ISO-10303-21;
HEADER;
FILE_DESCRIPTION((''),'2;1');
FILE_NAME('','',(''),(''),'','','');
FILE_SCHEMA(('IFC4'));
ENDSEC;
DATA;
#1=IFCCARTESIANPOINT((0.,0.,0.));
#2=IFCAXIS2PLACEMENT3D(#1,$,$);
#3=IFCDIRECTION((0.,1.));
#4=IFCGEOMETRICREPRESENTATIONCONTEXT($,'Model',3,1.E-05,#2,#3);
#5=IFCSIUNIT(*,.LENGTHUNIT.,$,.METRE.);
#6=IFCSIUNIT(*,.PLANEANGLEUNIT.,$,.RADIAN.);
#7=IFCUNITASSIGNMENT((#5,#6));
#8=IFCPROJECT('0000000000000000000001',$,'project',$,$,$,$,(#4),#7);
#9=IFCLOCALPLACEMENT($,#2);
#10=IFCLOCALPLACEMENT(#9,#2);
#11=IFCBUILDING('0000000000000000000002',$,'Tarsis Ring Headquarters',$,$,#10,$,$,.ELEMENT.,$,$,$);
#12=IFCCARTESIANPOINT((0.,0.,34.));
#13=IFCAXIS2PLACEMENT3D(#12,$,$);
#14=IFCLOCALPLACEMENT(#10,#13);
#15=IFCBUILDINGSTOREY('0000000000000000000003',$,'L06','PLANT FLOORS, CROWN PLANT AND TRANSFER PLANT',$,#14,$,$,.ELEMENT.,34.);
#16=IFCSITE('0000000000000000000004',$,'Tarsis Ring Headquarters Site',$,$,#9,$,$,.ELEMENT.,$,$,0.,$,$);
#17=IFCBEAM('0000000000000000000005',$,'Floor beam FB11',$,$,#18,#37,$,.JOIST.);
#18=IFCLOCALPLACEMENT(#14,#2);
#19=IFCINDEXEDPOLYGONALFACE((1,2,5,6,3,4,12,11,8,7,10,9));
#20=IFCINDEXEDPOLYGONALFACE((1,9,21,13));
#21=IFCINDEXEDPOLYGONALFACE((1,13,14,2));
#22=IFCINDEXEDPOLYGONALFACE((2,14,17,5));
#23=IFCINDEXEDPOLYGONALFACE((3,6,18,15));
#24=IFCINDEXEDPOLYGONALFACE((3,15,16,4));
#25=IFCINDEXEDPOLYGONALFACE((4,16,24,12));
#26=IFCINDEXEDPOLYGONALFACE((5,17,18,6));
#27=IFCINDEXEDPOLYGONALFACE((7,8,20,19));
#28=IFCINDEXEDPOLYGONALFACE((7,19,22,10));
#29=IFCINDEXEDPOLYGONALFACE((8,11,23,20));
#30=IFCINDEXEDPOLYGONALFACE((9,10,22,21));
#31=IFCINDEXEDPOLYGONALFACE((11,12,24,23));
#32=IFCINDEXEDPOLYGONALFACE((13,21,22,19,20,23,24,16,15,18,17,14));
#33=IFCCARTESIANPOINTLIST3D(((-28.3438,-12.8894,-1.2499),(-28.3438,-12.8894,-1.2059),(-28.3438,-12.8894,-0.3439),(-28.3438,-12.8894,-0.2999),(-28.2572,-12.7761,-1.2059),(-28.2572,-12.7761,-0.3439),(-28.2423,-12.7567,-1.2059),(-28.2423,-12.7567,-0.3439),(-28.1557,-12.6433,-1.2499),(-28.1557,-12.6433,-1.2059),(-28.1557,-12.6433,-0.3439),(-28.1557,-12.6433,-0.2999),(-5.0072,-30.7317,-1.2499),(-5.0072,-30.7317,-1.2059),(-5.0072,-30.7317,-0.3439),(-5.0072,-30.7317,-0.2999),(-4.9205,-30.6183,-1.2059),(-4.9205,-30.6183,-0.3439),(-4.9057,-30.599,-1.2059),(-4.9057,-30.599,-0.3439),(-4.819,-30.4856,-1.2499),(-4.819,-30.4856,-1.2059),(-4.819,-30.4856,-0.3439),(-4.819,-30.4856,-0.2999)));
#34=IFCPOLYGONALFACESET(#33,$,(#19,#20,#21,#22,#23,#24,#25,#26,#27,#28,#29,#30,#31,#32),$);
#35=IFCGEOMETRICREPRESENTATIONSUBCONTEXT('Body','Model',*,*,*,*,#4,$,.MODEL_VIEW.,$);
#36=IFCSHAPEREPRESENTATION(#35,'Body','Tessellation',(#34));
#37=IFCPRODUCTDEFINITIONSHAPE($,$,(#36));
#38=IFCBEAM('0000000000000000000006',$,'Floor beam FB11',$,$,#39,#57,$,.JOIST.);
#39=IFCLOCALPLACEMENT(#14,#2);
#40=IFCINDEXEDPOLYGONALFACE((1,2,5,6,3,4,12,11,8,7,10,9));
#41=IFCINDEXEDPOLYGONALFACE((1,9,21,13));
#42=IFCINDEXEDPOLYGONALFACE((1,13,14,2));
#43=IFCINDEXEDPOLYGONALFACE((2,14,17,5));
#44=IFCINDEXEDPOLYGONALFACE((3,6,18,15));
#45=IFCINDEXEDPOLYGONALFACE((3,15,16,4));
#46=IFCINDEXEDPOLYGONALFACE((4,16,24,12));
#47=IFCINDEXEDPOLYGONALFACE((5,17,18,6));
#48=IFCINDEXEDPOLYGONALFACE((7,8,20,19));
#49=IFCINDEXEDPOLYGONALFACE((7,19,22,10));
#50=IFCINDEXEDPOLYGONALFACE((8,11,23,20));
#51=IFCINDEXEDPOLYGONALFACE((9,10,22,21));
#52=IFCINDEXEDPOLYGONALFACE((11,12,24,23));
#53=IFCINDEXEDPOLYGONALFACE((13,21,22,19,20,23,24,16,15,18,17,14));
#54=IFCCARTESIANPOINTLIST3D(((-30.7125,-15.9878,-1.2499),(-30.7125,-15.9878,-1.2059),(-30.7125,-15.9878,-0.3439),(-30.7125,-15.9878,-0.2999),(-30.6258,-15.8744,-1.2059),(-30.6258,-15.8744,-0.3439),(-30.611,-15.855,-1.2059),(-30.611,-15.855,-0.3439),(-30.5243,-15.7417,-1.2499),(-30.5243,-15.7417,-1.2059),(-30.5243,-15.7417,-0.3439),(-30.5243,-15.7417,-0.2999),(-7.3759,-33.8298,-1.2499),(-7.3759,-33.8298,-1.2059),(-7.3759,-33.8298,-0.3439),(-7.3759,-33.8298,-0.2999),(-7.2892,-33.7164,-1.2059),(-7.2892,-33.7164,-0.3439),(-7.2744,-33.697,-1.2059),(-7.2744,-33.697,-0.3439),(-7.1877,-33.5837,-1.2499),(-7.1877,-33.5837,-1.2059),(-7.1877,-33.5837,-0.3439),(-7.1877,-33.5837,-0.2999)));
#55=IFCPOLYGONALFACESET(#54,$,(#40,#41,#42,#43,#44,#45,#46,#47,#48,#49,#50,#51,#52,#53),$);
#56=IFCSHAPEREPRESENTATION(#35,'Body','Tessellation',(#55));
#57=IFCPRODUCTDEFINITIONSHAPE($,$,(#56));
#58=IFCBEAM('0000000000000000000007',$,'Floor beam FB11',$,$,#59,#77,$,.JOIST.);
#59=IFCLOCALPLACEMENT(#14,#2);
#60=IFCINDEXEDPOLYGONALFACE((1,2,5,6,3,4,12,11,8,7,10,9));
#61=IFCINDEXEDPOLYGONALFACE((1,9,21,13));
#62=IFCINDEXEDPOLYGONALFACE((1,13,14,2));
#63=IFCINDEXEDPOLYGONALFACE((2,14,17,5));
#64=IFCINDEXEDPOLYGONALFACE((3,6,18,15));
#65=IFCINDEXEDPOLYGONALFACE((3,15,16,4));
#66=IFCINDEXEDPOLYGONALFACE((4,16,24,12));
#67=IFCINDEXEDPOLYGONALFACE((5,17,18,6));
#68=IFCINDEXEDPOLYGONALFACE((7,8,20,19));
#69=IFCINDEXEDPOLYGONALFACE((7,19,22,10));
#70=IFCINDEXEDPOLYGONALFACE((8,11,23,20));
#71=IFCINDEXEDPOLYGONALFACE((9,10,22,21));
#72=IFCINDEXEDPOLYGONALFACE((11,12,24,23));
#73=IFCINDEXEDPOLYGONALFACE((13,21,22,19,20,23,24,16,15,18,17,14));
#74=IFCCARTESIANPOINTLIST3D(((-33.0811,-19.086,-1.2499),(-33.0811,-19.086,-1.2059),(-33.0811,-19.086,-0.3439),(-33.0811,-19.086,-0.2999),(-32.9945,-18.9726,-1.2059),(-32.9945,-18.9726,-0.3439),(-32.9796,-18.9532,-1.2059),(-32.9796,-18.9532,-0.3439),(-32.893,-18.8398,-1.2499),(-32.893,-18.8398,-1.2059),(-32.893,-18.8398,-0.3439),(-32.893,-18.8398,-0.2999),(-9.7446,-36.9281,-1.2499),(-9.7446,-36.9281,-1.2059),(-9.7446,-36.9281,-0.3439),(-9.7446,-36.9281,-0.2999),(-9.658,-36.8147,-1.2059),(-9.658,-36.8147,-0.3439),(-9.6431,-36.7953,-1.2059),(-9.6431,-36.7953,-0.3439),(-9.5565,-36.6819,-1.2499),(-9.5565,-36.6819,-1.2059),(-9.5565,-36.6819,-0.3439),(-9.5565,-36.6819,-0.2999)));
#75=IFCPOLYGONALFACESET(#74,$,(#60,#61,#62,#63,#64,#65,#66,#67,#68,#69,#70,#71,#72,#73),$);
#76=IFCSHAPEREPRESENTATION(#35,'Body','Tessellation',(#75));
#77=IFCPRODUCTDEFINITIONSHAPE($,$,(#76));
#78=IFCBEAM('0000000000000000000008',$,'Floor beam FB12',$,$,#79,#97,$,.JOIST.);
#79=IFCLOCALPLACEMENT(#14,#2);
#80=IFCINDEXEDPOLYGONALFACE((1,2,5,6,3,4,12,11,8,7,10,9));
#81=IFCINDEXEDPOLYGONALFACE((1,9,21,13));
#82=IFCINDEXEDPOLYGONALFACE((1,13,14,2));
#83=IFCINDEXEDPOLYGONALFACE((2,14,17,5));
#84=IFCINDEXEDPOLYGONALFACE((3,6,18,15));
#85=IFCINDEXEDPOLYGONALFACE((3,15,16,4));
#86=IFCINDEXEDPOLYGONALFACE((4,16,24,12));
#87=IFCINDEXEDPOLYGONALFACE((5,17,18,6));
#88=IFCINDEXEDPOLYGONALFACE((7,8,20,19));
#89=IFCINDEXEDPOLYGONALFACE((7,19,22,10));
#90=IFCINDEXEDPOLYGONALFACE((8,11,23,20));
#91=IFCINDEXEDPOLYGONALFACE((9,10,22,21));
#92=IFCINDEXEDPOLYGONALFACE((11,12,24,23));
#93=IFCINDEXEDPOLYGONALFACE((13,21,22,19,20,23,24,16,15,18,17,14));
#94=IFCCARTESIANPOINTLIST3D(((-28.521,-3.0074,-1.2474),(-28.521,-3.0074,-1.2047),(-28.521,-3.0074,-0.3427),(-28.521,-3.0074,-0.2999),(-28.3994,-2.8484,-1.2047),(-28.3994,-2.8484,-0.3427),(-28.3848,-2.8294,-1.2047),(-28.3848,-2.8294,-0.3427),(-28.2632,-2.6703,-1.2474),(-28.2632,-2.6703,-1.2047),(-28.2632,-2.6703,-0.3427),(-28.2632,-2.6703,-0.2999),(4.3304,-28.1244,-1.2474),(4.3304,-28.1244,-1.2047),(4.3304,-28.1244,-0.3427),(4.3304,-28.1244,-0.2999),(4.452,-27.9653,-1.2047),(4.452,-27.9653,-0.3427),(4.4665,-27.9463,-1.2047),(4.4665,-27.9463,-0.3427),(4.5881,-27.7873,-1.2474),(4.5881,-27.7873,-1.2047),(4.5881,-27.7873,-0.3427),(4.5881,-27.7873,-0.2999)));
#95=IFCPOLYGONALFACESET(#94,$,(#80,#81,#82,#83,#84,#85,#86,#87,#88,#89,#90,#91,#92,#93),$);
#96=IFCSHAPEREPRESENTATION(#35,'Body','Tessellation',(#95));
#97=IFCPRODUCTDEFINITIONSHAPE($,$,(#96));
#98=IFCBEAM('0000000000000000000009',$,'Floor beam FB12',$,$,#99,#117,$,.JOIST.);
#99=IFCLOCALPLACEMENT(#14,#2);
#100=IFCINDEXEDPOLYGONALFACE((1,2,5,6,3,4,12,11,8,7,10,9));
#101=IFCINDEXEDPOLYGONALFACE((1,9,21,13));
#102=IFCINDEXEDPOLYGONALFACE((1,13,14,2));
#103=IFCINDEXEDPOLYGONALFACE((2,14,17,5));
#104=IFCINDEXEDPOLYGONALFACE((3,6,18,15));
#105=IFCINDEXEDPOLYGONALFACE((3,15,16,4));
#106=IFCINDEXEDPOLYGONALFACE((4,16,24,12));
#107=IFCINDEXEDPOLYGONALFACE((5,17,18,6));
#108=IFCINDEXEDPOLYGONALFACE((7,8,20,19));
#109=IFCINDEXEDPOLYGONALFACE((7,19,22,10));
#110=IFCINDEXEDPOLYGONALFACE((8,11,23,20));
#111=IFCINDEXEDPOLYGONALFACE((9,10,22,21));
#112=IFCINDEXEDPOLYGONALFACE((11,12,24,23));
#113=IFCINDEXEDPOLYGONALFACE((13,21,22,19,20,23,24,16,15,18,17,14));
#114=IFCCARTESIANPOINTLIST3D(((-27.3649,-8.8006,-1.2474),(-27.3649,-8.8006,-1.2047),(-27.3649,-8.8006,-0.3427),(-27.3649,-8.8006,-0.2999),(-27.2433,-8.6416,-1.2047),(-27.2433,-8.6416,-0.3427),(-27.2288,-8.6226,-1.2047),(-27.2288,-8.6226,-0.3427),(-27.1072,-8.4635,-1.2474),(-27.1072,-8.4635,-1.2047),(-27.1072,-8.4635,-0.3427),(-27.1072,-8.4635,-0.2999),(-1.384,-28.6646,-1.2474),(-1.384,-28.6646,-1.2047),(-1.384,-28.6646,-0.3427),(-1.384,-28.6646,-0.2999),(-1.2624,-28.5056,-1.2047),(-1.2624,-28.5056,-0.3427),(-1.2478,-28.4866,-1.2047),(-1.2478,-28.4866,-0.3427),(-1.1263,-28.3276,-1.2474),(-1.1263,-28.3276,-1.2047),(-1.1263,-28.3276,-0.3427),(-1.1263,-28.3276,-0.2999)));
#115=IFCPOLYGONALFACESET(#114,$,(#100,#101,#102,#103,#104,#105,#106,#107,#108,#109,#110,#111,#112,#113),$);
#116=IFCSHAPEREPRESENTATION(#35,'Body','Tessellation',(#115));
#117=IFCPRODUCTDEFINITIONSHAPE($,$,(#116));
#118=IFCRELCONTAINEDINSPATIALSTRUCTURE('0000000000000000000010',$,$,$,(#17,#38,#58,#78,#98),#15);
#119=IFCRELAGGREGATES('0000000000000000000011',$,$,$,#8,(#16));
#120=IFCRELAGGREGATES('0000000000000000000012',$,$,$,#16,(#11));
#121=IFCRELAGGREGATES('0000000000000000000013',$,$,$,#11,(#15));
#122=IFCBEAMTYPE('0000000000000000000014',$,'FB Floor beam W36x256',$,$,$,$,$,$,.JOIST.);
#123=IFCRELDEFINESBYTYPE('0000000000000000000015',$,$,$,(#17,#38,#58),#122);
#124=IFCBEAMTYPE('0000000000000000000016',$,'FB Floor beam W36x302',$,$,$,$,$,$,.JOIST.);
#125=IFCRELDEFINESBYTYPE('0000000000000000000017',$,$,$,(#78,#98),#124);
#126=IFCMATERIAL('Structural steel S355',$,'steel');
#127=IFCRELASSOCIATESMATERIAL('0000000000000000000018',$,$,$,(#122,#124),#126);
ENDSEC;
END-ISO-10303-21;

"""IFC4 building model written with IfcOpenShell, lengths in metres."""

from ifc_helpers import new_model, si_unit, direction, frame, origin, origin_2d, place, context, subcontext, project, spatial, i_section, extrude, material, material_profile, profile_set, type_object, element, save


model = new_model("IFC4")

# Units and contexts
model_context = context("Model", 3, precision=1e-05, world=origin(), true_north=direction((0.0, 1.0)))
body_context = subcontext(model_context, "Body", "Model", "MODEL_VIEW")
ifc_project = project(units=[si_unit("LENGTHUNIT", "METRE"), si_unit("PLANEANGLEUNIT", "RADIAN")], contexts=[model_context])

# Site, building, storey
site_placement = place(None, origin())
site = spatial("IfcSite", under=ifc_project, at=site_placement, Name="Tarsis Ring Headquarters Site", CompositionType="ELEMENT", RefElevation=0.0)
building_placement = place(site_placement, origin())
building = spatial("IfcBuilding", under=site, at=building_placement, Name="Tarsis Ring Headquarters", CompositionType="ELEMENT")
storey_placement = place(building_placement, frame((0.0, 0.0, 34.0)))
storey = spatial("IfcBuildingStorey", under=building, at=storey_placement, Name="L06", Description="PLANT FLOORS, CROWN PLANT AND TRANSFER PLANT", CompositionType="ELEMENT", Elevation=34.0)

# Beams
ifc_material_1 = material(Name="Structural steel S355", Category="steel")
ifc_material_profile_1 = material_profile(ifc_material_1, i_section(OverallWidth=0.3098, OverallDepth=0.95, WebThickness=0.0244, FlangeThickness=0.0439, at=origin_2d()), Name="W36x256")
ifc_profile_set_1 = profile_set([ifc_material_profile_1], Name="Structural steel S355")
beam_type_1 = type_object("IfcBeamType", Name="FB Floor beam W36x256", PredefinedType="JOIST", material=ifc_profile_set_1)
beam_1_placement = place(storey_placement, frame((-28.2498, -12.7664, -0.7749), z_axis=(0.794414, -0.607377, 0.0), x_axis=(0.607377, 0.794414, 0.0)))
element("IfcBeam", 1, at=beam_1_placement, inside=storey, type_object=beam_type_1, Name="Floor beam FB11", PredefinedType="JOIST", context=body_context, shape_type="SweptSolid", body=[
    extrude(i_section(OverallWidth=0.3098, OverallDepth=0.95, WebThickness=0.0244, FlangeThickness=0.0439, at=origin_2d()), origin(), (0.0, 0.0, 1.0), 29.376),
])
for number, where, z_axis, x_axis, name in (
    (2, (-30.6184, -15.8647, -0.7749), (0.794418, -0.607372, 0.0), (0.607372, 0.794418, 0.0), "Floor beam FB11"),
    (3, (-32.9871, -18.9629, -0.7749), (0.794415, -0.607376, 0.0), (0.607376, 0.794415, 0.0), "Floor beam FB11"),
):
    element("IfcBeam", number, at=place(storey_placement, frame(where, z_axis=z_axis, x_axis=x_axis)), inside=storey, type_object=beam_type_1, Name=name, PredefinedType="JOIST", context=body_context, shape_type="SweptSolid", body=[
        extrude(i_section(OverallWidth=0.3098, OverallDepth=0.95, WebThickness=0.0244, FlangeThickness=0.0439, at=origin_2d()), origin(), (0.0, 0.0, 1.0), 29.3757),
    ])
ifc_material_profile_2 = material_profile(ifc_material_1, i_section(OverallWidth=0.4243, OverallDepth=0.9475, WebThickness=0.0239, FlangeThickness=0.0427, at=origin_2d()), Name="W36x302")
ifc_profile_set_2 = profile_set([ifc_material_profile_2], Name="Structural steel S355")
beam_type_2 = type_object("IfcBeamType", Name="FB Floor beam W36x302", PredefinedType="JOIST", material=ifc_profile_set_2)
beam_2_placement = place(storey_placement, frame((-28.3921, -2.8389, -0.7737), z_axis=(0.794412, -0.607379, 0.0), x_axis=(0.607379, 0.794412, 0.0)))
element("IfcBeam", 4, at=beam_2_placement, inside=storey, type_object=beam_type_2, Name="Floor beam FB12", PredefinedType="JOIST", context=body_context, shape_type="SweptSolid", body=[
    extrude(i_section(OverallWidth=0.4243, OverallDepth=0.9475, WebThickness=0.0239, FlangeThickness=0.0427, at=origin_2d()), origin(), (0.0, 0.0, 1.0), 41.353),
])
beam_3_placement = place(storey_placement, frame((-27.2361, -8.6321, -0.7737), z_axis=(0.794414, -0.607377, 0.0), x_axis=(0.607377, 0.794414, 0.0)))
element("IfcBeam", 5, at=beam_3_placement, inside=storey, type_object=beam_type_2, Name="Floor beam FB12", PredefinedType="JOIST", context=body_context, shape_type="SweptSolid", body=[
    extrude(i_section(OverallWidth=0.4243, OverallDepth=0.9475, WebThickness=0.0239, FlangeThickness=0.0427, at=origin_2d()), origin(), (0.0, 0.0, 1.0), 32.7046),
])

save(model, "model.ifc")
